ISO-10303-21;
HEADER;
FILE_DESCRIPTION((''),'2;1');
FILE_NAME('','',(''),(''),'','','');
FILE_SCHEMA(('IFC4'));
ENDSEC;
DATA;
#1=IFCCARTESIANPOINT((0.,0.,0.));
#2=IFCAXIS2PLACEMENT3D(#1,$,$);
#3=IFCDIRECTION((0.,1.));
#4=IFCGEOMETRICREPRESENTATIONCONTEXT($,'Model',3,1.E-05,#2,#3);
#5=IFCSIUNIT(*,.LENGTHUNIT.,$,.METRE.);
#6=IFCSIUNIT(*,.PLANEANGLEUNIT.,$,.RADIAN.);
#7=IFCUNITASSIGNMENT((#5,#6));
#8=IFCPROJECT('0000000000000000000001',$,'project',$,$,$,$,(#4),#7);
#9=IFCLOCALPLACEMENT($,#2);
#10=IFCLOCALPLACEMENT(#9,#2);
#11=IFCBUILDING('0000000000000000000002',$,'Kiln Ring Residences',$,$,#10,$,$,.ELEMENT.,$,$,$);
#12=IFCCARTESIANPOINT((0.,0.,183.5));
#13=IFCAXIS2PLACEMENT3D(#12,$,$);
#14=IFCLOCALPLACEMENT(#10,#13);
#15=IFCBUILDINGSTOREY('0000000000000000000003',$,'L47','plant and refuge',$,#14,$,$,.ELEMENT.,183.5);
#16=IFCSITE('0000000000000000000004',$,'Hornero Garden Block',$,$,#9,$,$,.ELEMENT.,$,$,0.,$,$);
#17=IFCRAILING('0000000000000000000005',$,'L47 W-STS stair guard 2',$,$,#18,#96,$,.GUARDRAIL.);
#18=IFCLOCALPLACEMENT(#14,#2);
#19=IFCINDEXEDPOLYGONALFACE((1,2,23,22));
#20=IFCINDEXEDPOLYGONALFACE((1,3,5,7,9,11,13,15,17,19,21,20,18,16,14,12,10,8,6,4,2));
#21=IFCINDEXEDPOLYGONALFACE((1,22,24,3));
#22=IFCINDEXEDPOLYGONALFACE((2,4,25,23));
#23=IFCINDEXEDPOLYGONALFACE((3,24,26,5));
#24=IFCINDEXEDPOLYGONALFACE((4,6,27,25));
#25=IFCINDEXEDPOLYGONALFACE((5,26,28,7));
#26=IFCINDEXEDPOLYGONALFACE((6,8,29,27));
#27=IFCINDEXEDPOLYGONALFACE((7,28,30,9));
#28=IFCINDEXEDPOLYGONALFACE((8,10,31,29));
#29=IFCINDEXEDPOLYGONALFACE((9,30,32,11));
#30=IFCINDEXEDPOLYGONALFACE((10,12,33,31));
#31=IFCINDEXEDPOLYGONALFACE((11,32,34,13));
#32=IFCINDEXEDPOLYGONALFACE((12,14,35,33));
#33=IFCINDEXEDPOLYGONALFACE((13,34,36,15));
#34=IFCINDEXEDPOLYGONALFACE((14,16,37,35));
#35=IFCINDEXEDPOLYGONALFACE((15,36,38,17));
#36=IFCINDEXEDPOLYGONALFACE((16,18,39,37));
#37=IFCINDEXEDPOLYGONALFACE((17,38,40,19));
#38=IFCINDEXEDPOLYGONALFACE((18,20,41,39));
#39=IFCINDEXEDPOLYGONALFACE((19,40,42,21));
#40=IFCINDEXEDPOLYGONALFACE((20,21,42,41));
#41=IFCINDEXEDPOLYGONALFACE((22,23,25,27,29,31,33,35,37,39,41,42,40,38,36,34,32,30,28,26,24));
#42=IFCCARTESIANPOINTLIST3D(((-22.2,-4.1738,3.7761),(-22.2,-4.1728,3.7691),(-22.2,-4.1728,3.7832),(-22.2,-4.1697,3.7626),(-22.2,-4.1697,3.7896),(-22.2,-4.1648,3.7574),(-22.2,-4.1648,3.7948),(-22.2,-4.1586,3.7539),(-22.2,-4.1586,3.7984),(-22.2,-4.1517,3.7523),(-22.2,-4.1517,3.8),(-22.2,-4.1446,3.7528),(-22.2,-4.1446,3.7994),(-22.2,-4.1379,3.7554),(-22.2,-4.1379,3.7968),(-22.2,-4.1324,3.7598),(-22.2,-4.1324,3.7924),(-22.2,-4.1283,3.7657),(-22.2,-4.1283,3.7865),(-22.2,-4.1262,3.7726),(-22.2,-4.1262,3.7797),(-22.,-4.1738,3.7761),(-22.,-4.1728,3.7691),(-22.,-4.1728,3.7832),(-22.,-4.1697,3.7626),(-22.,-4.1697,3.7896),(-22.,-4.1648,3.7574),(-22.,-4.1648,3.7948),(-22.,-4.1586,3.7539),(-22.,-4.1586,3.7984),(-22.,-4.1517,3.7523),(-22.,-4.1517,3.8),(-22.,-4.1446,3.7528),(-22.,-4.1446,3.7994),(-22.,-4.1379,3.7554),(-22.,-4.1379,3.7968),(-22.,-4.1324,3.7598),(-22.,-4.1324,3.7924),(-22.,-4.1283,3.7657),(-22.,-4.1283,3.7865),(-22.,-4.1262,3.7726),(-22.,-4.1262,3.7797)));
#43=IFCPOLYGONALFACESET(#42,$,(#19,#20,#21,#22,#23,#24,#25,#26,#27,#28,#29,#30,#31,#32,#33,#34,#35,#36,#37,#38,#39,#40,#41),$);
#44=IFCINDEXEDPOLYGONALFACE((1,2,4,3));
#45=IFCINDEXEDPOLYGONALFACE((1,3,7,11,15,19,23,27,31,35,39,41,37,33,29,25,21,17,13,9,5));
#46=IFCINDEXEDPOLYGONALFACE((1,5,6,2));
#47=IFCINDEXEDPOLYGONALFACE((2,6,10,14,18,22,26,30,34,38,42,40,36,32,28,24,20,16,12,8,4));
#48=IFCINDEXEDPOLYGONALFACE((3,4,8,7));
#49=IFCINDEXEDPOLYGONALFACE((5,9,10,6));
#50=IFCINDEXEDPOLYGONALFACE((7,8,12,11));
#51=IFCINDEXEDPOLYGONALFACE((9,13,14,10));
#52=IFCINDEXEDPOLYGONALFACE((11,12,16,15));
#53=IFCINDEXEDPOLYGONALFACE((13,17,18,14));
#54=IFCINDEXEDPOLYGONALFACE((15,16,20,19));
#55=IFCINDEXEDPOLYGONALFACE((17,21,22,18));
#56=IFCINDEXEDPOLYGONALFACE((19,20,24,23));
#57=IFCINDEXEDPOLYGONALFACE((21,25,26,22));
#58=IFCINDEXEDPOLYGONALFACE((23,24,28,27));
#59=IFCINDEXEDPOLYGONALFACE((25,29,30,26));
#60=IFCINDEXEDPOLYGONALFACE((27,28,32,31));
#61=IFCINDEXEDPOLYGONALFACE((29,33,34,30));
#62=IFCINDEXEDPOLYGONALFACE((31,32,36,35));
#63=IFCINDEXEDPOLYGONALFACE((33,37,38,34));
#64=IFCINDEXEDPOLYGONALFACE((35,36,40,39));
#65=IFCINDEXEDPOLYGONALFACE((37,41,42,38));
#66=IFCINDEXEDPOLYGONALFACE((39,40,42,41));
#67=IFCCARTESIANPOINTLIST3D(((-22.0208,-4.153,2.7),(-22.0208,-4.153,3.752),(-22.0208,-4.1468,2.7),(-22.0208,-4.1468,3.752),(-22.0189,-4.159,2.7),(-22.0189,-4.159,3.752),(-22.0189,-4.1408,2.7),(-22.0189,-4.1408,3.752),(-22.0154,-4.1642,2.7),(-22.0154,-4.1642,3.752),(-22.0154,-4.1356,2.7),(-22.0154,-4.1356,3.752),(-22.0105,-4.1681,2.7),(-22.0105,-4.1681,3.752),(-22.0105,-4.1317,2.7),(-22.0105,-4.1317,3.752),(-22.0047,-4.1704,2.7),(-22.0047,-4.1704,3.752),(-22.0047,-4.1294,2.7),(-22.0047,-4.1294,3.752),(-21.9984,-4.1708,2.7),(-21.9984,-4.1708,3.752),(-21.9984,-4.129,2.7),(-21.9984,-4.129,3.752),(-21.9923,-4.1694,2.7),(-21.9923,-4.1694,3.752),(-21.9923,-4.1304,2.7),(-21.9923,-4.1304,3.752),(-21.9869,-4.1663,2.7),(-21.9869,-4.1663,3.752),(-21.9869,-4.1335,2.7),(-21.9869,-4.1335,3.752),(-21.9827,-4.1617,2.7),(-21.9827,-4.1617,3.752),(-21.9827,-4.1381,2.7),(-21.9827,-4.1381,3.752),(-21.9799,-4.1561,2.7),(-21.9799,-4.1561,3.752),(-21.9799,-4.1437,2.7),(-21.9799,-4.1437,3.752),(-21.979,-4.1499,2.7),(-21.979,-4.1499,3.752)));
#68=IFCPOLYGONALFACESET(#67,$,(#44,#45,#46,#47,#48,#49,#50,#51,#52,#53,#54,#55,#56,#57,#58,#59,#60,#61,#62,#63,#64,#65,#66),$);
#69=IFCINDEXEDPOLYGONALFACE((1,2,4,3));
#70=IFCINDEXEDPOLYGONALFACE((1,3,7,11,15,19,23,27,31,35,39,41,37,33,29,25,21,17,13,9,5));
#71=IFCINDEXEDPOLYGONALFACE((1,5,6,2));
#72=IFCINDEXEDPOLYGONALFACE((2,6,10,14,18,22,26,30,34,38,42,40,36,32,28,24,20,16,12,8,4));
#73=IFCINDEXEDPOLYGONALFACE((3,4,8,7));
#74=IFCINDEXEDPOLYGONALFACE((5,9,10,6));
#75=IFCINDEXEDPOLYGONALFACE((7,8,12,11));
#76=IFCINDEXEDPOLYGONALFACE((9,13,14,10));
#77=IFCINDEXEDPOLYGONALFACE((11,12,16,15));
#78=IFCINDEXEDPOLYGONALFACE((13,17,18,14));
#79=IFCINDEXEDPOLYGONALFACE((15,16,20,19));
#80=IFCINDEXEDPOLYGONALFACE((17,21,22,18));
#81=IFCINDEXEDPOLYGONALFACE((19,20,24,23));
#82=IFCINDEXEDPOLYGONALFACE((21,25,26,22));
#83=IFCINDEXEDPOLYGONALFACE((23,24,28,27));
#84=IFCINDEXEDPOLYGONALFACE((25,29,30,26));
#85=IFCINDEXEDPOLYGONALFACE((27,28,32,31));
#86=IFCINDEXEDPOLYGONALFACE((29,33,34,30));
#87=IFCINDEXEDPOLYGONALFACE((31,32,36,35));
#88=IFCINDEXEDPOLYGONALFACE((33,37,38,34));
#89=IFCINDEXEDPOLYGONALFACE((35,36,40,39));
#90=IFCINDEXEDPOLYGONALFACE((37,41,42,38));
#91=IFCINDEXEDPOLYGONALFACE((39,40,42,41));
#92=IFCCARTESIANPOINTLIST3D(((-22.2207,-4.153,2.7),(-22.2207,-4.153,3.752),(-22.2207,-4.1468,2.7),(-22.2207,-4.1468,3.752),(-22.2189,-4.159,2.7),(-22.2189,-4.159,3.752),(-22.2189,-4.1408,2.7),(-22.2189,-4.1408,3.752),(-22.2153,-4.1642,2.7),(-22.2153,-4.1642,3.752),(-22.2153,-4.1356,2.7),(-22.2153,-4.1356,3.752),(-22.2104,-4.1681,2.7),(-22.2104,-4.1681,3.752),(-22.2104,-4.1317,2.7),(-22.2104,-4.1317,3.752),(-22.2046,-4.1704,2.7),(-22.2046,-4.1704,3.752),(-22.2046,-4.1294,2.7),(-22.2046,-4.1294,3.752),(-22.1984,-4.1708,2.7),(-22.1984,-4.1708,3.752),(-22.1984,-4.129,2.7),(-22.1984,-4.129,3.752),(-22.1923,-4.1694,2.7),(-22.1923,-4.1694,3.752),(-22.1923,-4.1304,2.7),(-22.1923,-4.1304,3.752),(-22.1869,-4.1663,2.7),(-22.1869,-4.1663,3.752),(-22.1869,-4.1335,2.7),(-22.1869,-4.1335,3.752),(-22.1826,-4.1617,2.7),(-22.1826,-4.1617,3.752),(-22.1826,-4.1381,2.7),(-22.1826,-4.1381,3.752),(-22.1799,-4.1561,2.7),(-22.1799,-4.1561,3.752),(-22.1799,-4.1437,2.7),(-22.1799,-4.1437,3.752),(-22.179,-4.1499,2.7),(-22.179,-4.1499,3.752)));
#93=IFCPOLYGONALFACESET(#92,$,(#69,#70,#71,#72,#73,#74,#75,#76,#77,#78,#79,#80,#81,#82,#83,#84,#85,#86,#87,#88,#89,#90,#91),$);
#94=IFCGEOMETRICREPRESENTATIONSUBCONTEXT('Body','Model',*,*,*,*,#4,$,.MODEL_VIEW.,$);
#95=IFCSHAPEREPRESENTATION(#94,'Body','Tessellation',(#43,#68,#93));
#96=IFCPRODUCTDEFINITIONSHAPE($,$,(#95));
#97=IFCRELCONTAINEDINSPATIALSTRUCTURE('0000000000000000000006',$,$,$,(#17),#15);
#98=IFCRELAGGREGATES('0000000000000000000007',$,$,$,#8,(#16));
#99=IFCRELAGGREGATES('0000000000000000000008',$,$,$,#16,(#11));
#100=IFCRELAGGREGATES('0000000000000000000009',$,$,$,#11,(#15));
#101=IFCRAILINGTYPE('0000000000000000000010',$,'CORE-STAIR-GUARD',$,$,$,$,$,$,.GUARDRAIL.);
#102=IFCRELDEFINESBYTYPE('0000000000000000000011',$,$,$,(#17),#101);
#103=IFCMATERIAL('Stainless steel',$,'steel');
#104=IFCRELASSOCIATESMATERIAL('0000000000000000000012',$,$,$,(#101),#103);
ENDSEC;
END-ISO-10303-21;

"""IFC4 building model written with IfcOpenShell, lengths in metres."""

from ifc_helpers import new_model, si_unit, direction, frame, origin, origin_2d, place, context, subcontext, project, spatial, circle, extrude, material, type_object, element, save


model = new_model("IFC4")

# Units and contexts
model_context = context("Model", 3, precision=1e-05, world=origin(), true_north=direction((0.0, 1.0)))
body_context = subcontext(model_context, "Body", "Model", "MODEL_VIEW")
ifc_project = project(units=[si_unit("LENGTHUNIT", "METRE"), si_unit("PLANEANGLEUNIT", "RADIAN")], contexts=[model_context])

# Site, building, storey
site_placement = place(None, origin())
site = spatial("IfcSite", under=ifc_project, at=site_placement, Name="Hornero Garden Block", CompositionType="ELEMENT", RefElevation=0.0)
building_placement = place(site_placement, origin())
building = spatial("IfcBuilding", under=site, at=building_placement, Name="Kiln Ring Residences", CompositionType="ELEMENT")
storey_placement = place(building_placement, frame((0.0, 0.0, 183.5)))
storey = spatial("IfcBuildingStorey", under=building, at=storey_placement, Name="L47", Description="plant and refuge", CompositionType="ELEMENT", Elevation=183.5)

# Railing
ifc_material_1 = material(Name="Stainless steel", Category="steel")
railing_type_1 = type_object("IfcRailingType", Name="CORE-STAIR-GUARD", PredefinedType="GUARDRAIL", material=ifc_material_1)
railing_1_placement = place(storey_placement, frame((-22.0, -4.1499, 2.7)))
element("IfcRailing", 1, at=railing_1_placement, inside=storey, type_object=railing_type_1, Name="L47 W-STS stair guard 2", PredefinedType="GUARDRAIL", context=body_context, shape_type="SweptSolid", body=[
    extrude(circle(Radius=0.0239, at=origin_2d()), frame((0.0, 0.0, 1.0762), z_axis=(-1.0, 0.0, 0.0), x_axis=(0.0, -1.0, 0.0)), (0.0, 0.0, 1.0), 0.2),
    extrude(circle(Radius=0.021, at=origin_2d()), origin(), (0.0, 0.0, 1.0), 1.052),
    extrude(circle(Radius=0.021, at=origin_2d()), frame((-0.2, 0.0, 0.0)), (0.0, 0.0, 1.0), 1.052),
])

save(model, "model.ifc")
